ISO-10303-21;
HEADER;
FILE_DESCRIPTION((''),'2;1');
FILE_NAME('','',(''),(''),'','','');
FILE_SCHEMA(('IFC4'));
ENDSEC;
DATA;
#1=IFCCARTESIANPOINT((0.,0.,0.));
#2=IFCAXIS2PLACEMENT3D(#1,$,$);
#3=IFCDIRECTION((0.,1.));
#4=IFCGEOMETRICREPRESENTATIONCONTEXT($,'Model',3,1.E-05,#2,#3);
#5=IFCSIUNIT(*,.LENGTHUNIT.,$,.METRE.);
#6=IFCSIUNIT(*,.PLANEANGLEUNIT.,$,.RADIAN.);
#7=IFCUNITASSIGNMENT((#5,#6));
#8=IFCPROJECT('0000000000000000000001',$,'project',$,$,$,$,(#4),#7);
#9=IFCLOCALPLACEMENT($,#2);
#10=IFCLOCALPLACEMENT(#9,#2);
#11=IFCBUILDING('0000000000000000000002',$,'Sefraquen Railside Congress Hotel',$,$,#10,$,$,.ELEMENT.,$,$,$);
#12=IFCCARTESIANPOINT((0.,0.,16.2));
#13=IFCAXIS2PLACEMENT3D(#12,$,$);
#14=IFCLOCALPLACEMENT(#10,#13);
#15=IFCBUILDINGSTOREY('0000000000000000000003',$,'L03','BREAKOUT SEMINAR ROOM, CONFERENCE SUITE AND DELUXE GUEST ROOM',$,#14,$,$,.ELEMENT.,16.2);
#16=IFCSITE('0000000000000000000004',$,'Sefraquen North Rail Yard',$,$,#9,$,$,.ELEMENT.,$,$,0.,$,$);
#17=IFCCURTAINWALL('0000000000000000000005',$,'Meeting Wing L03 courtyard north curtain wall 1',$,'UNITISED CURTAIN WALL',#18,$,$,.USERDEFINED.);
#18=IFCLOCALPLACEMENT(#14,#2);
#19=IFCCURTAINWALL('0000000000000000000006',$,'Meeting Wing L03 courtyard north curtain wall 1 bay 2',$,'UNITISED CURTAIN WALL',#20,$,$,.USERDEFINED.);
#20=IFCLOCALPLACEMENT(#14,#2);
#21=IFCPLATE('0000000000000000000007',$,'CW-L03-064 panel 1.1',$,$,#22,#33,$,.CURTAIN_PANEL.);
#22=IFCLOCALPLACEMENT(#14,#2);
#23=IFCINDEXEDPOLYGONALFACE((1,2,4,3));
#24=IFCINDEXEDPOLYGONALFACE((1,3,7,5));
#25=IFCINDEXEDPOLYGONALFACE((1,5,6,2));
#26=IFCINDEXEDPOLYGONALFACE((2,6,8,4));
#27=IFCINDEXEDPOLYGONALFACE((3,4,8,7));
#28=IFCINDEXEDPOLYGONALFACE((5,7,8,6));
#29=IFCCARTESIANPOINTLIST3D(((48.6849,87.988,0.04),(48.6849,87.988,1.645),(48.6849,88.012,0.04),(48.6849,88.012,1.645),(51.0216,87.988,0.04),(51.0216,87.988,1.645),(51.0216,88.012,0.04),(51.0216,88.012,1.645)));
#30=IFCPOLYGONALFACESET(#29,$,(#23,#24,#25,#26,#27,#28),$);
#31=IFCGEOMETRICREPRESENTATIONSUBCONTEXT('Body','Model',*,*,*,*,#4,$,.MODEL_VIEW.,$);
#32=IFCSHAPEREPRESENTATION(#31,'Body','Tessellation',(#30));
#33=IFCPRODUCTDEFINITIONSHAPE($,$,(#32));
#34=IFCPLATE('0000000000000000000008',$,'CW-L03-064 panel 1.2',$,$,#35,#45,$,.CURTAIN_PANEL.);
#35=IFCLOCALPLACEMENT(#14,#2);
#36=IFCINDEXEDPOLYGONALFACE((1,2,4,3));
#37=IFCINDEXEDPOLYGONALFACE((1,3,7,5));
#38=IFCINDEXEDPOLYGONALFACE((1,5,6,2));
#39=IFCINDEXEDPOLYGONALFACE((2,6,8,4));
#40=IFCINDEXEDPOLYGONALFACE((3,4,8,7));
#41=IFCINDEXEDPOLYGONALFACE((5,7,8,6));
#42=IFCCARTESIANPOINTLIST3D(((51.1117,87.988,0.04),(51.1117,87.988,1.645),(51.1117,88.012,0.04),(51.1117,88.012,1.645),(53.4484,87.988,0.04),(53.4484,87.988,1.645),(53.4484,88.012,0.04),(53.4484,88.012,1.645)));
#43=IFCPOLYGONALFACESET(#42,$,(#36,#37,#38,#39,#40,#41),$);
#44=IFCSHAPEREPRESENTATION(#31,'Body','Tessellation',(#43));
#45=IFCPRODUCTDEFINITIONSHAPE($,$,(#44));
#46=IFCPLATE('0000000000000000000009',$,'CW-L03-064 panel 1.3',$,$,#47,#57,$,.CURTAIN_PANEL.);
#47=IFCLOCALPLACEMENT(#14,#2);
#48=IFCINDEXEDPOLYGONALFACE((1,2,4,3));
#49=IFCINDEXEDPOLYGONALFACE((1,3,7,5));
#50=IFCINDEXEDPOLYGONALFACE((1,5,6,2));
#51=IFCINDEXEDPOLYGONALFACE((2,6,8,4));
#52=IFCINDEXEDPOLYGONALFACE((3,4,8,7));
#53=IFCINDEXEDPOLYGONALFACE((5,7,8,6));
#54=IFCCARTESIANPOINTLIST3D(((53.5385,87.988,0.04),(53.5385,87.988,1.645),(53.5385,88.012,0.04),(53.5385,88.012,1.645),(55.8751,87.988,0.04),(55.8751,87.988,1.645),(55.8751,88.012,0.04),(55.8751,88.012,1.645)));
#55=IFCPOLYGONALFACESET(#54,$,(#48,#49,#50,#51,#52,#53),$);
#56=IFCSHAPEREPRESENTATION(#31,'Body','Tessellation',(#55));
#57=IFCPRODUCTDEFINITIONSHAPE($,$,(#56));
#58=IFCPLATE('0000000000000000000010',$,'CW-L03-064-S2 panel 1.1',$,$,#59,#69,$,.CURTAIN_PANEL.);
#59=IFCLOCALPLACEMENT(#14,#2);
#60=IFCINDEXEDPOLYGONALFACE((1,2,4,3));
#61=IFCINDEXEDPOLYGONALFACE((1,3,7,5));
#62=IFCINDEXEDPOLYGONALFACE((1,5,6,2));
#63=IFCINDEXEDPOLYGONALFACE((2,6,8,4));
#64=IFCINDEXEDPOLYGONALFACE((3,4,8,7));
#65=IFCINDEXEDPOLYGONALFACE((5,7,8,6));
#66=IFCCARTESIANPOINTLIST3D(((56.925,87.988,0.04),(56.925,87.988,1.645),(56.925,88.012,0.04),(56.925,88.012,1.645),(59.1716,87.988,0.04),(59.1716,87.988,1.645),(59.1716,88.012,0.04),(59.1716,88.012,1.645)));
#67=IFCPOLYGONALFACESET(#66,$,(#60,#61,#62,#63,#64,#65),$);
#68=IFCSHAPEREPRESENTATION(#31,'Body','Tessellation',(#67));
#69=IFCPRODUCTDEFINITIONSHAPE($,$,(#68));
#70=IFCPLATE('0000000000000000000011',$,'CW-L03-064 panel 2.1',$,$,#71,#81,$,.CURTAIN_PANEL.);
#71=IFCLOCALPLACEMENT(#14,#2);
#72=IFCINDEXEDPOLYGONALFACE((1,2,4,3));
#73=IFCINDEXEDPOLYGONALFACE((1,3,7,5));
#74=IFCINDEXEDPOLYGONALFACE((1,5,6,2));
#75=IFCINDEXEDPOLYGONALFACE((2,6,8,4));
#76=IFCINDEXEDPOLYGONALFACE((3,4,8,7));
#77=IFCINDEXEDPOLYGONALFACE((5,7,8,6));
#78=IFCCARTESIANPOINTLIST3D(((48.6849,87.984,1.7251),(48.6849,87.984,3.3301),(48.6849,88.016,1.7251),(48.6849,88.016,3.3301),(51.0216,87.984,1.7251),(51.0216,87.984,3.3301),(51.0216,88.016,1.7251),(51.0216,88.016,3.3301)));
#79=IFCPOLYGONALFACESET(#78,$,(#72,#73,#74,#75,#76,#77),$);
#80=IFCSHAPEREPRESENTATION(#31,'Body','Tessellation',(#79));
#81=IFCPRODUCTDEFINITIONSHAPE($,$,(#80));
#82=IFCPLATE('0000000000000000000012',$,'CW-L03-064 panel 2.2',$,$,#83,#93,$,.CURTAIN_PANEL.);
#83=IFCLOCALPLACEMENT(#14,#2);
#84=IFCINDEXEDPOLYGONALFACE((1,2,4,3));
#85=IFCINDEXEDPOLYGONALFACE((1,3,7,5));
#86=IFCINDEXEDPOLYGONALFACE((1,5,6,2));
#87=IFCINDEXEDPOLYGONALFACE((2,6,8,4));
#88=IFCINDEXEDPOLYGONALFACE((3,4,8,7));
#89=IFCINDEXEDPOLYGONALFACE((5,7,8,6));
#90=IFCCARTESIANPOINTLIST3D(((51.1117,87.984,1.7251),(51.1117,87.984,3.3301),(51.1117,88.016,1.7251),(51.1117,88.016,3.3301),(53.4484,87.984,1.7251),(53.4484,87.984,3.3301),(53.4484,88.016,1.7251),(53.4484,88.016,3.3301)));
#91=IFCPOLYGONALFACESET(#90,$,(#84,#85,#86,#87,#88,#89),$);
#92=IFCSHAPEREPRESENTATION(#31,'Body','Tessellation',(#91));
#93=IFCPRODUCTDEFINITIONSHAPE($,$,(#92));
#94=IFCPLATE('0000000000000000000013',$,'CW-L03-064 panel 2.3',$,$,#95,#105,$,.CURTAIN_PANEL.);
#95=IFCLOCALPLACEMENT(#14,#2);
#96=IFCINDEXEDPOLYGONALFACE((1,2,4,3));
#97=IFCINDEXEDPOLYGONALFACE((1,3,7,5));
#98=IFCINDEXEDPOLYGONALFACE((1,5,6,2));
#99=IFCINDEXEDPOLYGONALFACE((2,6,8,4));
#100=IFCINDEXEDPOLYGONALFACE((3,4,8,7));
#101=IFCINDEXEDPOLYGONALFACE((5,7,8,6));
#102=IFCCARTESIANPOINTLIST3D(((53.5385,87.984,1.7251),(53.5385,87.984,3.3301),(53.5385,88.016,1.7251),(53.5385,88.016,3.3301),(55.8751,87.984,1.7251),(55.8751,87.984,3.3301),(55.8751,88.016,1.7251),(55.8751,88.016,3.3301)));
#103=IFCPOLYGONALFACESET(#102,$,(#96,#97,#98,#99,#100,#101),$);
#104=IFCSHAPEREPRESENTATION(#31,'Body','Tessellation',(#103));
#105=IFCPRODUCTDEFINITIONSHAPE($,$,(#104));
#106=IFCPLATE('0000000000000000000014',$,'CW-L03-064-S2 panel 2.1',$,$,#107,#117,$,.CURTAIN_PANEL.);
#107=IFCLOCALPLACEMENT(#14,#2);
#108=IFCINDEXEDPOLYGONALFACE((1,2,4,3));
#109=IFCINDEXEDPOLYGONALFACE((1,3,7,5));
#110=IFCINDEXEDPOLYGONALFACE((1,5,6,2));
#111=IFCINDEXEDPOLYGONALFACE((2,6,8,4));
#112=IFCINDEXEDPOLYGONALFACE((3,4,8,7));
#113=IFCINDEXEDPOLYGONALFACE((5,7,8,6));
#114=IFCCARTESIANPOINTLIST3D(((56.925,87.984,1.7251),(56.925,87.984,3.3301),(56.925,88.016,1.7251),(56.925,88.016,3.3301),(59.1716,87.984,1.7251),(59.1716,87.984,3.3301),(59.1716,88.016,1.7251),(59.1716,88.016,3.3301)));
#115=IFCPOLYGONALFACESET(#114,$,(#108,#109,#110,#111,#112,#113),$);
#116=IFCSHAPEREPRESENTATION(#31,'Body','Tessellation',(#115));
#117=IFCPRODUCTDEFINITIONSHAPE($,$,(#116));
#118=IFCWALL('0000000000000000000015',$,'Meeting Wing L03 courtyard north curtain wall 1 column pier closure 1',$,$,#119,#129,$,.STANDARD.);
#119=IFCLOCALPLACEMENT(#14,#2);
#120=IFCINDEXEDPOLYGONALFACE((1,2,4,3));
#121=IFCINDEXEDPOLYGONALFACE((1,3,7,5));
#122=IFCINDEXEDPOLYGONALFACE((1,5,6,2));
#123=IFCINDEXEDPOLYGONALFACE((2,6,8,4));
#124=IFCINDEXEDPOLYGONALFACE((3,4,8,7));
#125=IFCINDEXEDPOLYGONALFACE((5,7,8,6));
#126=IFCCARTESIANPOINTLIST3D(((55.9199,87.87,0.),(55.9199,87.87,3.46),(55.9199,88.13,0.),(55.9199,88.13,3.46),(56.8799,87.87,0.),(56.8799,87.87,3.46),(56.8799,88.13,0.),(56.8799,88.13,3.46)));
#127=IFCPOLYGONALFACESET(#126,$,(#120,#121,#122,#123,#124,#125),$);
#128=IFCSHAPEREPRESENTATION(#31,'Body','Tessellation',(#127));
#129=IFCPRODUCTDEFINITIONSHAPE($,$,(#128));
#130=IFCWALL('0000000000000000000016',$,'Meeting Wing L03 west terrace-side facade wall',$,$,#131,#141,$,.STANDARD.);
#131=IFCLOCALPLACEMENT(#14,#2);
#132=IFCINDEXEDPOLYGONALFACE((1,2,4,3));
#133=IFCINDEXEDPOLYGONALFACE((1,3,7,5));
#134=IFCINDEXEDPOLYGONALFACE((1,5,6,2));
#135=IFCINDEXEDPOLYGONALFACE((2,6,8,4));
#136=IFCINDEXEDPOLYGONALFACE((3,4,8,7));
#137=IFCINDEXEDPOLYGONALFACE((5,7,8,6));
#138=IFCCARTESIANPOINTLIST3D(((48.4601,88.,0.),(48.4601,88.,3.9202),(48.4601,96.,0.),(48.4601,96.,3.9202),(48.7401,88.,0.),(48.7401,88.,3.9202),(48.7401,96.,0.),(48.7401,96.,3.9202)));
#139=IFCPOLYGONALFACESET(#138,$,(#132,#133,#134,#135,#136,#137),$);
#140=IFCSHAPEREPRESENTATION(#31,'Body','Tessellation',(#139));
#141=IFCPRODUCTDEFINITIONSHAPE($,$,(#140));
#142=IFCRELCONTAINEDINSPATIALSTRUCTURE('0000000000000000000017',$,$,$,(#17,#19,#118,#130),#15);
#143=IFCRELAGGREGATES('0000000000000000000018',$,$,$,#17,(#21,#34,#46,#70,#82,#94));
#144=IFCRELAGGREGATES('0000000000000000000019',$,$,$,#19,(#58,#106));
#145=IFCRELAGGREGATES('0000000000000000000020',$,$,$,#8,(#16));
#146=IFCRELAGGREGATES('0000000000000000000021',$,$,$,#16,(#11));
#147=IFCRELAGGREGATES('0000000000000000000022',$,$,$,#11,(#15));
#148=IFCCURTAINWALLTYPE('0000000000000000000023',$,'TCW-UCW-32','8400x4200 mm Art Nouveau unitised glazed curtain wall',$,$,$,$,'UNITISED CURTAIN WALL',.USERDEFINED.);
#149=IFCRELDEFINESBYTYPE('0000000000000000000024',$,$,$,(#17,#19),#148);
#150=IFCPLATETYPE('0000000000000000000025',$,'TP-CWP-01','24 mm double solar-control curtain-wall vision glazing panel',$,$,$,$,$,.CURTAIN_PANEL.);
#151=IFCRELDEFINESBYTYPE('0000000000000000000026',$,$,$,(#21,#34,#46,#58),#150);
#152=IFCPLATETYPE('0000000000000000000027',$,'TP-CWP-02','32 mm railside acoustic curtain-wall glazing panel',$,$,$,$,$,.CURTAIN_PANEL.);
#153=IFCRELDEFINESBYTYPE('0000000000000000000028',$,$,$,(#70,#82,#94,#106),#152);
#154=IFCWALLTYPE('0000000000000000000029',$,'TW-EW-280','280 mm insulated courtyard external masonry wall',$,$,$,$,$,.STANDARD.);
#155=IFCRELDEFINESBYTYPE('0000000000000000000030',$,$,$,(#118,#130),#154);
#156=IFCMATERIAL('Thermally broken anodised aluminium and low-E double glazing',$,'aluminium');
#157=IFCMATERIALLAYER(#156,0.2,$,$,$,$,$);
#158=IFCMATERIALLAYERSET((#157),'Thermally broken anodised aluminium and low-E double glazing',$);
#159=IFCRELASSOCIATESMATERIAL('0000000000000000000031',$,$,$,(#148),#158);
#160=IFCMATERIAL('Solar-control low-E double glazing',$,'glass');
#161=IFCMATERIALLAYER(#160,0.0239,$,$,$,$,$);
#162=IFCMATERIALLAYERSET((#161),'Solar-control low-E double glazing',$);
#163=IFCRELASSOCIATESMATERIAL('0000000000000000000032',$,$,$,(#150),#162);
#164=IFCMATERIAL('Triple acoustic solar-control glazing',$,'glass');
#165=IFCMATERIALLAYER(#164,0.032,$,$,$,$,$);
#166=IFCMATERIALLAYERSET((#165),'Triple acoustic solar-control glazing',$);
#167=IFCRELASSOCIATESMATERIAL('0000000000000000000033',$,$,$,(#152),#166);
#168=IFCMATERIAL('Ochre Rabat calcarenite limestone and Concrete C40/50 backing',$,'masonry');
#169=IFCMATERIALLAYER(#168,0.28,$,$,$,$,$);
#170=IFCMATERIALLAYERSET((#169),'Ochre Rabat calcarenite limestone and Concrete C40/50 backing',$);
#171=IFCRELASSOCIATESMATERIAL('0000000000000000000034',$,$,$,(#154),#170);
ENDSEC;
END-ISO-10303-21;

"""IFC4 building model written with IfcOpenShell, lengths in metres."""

from ifc_helpers import new_model, si_unit, direction, frame, frame_2d, origin, origin_2d, place, context, subcontext, project, spatial, rectangle, extrude, material, layer, layer_set, type_object, element, aggregate, save


model = new_model("IFC4")

# Units and contexts
model_context = context("Model", 3, precision=1e-05, world=origin(), true_north=direction((0.0, 1.0)))
body_context = subcontext(model_context, "Body", "Model", "MODEL_VIEW")
ifc_project = project(units=[si_unit("LENGTHUNIT", "METRE"), si_unit("PLANEANGLEUNIT", "RADIAN")], contexts=[model_context])

# Site, building, storey
site_placement = place(None, origin())
site = spatial("IfcSite", under=ifc_project, at=site_placement, Name="Sefraquen North Rail Yard", CompositionType="ELEMENT", RefElevation=0.0)
building_placement = place(site_placement, origin())
building = spatial("IfcBuilding", under=site, at=building_placement, Name="Sefraquen Railside Congress Hotel", CompositionType="ELEMENT")
storey_placement = place(building_placement, frame((0.0, 0.0, 16.2)))
storey = spatial("IfcBuildingStorey", under=building, at=storey_placement, Name="L03", Description="BREAKOUT SEMINAR ROOM, CONFERENCE SUITE AND DELUXE GUEST ROOM", CompositionType="ELEMENT", Elevation=16.2)

# Curtain wall
ifc_material_1 = material(Name="Thermally broken anodised aluminium and low-E double glazing", Category="aluminium")
ifc_layer_1 = layer(ifc_material_1, 0.2)
ifc_layer_set_1 = layer_set([ifc_layer_1], Name="Thermally broken anodised aluminium and low-E double glazing")
curtain_wall_type = type_object("IfcCurtainWallType", Name="TCW-UCW-32", Description="8400x4200 mm Art Nouveau unitised glazed curtain wall", ElementType="UNITISED CURTAIN WALL", PredefinedType="USERDEFINED", material=ifc_layer_set_1)
curtain_wall_1_placement = place(storey_placement, origin())
curtain_wall_1 = element("IfcCurtainWall", 1, at=curtain_wall_1_placement, inside=storey, type_object=curtain_wall_type, Name="Meeting Wing L03 courtyard north curtain wall 1", ObjectType="UNITISED CURTAIN WALL", PredefinedType="USERDEFINED")

# Curtain wall
curtain_wall_2_placement = place(storey_placement, origin())
curtain_wall_2 = element("IfcCurtainWall", 2, at=curtain_wall_2_placement, inside=storey, type_object=curtain_wall_type, Name="Meeting Wing L03 courtyard north curtain wall 1 bay 2", ObjectType="UNITISED CURTAIN WALL", PredefinedType="USERDEFINED")

# Plates
ifc_material_2 = material(Name="Solar-control low-E double glazing", Category="glass")
ifc_layer_2 = layer(ifc_material_2, 0.0239)
ifc_layer_set_2 = layer_set([ifc_layer_2], Name="Solar-control low-E double glazing")
plate_type_1 = type_object("IfcPlateType", Name="TP-CWP-01", Description="24 mm double solar-control curtain-wall vision glazing panel", PredefinedType="CURTAIN_PANEL", material=ifc_layer_set_2)
plate_1_placement = place(storey_placement, frame((49.8533, 88.0, 0.04), z_axis=(0.0, 0.0, 1.0), x_axis=(1.0, 0.0, 0.0)))
plate_1 = element("IfcPlate", 3, at=plate_1_placement, type_object=plate_type_1, Name="CW-L03-064 panel 1.1", PredefinedType="CURTAIN_PANEL", context=body_context, shape_type="SweptSolid", body=[
    extrude(rectangle(XDim=2.3367, YDim=0.0239, at=origin_2d()), origin(), (0.0, 0.0, 1.0), 1.605),
])
plate_2_placement = place(storey_placement, frame((52.28, 88.0, 0.04), z_axis=(0.0, 0.0, 1.0), x_axis=(1.0, 0.0, 0.0)))
plate_2 = element("IfcPlate", 4, at=plate_2_placement, type_object=plate_type_1, Name="CW-L03-064 panel 1.2", PredefinedType="CURTAIN_PANEL", context=body_context, shape_type="SweptSolid", body=[
    extrude(rectangle(XDim=2.3367, YDim=0.0239, at=origin_2d()), origin(), (0.0, 0.0, 1.0), 1.605),
])
plate_3_placement = place(storey_placement, frame((54.7068, 88.0, 0.04), z_axis=(0.0, 0.0, 1.0), x_axis=(1.0, 0.0, 0.0)))
plate_3 = element("IfcPlate", 5, at=plate_3_placement, type_object=plate_type_1, Name="CW-L03-064 panel 1.3", PredefinedType="CURTAIN_PANEL", context=body_context, shape_type="SweptSolid", body=[
    extrude(rectangle(XDim=2.3367, YDim=0.0239, at=origin_2d()), origin(), (0.0, 0.0, 1.0), 1.605),
])
plate_4_placement = place(storey_placement, frame((58.0483, 88.0, 0.04), z_axis=(0.0, 0.0, 1.0), x_axis=(1.0, 0.0, 0.0)))
plate_4 = element("IfcPlate", 6, at=plate_4_placement, type_object=plate_type_1, Name="CW-L03-064-S2 panel 1.1", PredefinedType="CURTAIN_PANEL", context=body_context, shape_type="SweptSolid", body=[
    extrude(rectangle(XDim=2.2466, YDim=0.0239, at=origin_2d()), origin(), (0.0, 0.0, 1.0), 1.605),
])
ifc_material_3 = material(Name="Triple acoustic solar-control glazing", Category="glass")
ifc_layer_3 = layer(ifc_material_3, 0.032)
ifc_layer_set_3 = layer_set([ifc_layer_3], Name="Triple acoustic solar-control glazing")
plate_type_2 = type_object("IfcPlateType", Name="TP-CWP-02", Description="32 mm railside acoustic curtain-wall glazing panel", PredefinedType="CURTAIN_PANEL", material=ifc_layer_set_3)
plate_5_placement = place(storey_placement, frame((49.8533, 88.0, 1.7251), z_axis=(0.0, 0.0, 1.0), x_axis=(1.0, 0.0, 0.0)))
plate_5 = element("IfcPlate", 7, at=plate_5_placement, type_object=plate_type_2, Name="CW-L03-064 panel 2.1", PredefinedType="CURTAIN_PANEL", context=body_context, shape_type="SweptSolid", body=[
    extrude(rectangle(XDim=2.3367, YDim=0.032, at=origin_2d()), origin(), (0.0, 0.0, 1.0), 1.605),
])
plate_6_placement = place(storey_placement, frame((52.28, 88.0, 1.7251), z_axis=(0.0, 0.0, 1.0), x_axis=(1.0, 0.0, 0.0)))
plate_6 = element("IfcPlate", 8, at=plate_6_placement, type_object=plate_type_2, Name="CW-L03-064 panel 2.2", PredefinedType="CURTAIN_PANEL", context=body_context, shape_type="SweptSolid", body=[
    extrude(rectangle(XDim=2.3367, YDim=0.032, at=origin_2d()), origin(), (0.0, 0.0, 1.0), 1.605),
])
plate_7_placement = place(storey_placement, frame((54.7068, 88.0, 1.7251), z_axis=(0.0, 0.0, 1.0), x_axis=(1.0, 0.0, 0.0)))
plate_7 = element("IfcPlate", 9, at=plate_7_placement, type_object=plate_type_2, Name="CW-L03-064 panel 2.3", PredefinedType="CURTAIN_PANEL", context=body_context, shape_type="SweptSolid", body=[
    extrude(rectangle(XDim=2.3367, YDim=0.032, at=origin_2d()), origin(), (0.0, 0.0, 1.0), 1.605),
])
aggregate(curtain_wall_1, [plate_1, plate_2, plate_3, plate_5, plate_6, plate_7])
plate_8_placement = place(storey_placement, frame((58.0483, 88.0, 1.7251), z_axis=(0.0, 0.0, 1.0), x_axis=(1.0, 0.0, 0.0)))
plate_8 = element("IfcPlate", 10, at=plate_8_placement, type_object=plate_type_2, Name="CW-L03-064-S2 panel 2.1", PredefinedType="CURTAIN_PANEL", context=body_context, shape_type="SweptSolid", body=[
    extrude(rectangle(XDim=2.2466, YDim=0.032, at=origin_2d()), origin(), (0.0, 0.0, 1.0), 1.605),
])
aggregate(curtain_wall_2, [plate_4, plate_8])

# Walls
ifc_material_4 = material(Name="Ochre Rabat calcarenite limestone and Concrete C40/50 backing", Category="masonry")
ifc_layer_4 = layer(ifc_material_4, 0.28)
ifc_layer_set_4 = layer_set([ifc_layer_4], Name="Ochre Rabat calcarenite limestone and Concrete C40/50 backing")
wall_type = type_object("IfcWallType", Name="TW-EW-280", Description="280 mm insulated courtyard external masonry wall", PredefinedType="STANDARD", material=ifc_layer_set_4)
wall_1_placement = place(storey_placement, frame((55.9199, 88.0, 0.0), z_axis=(0.0, 0.0, 1.0), x_axis=(1.0, 0.0, 0.0)))
element("IfcWall", 11, at=wall_1_placement, inside=storey, type_object=wall_type, Name="Meeting Wing L03 courtyard north curtain wall 1 column pier closure 1", PredefinedType="STANDARD", context=body_context, shape_type="SweptSolid", body=[
    extrude(rectangle(XDim=0.96, YDim=0.26, at=frame_2d((0.48, 0.0))), origin(), (0.0, 0.0, 1.0), 3.46),
])
wall_2_placement = place(storey_placement, frame((48.6001, 88.0, 0.0), z_axis=(0.0, 0.0, 1.0), x_axis=(0.0, 1.0, 0.0)))
element("IfcWall", 12, at=wall_2_placement, inside=storey, type_object=wall_type, Name="Meeting Wing L03 west terrace-side facade wall", PredefinedType="STANDARD", context=body_context, shape_type="SweptSolid", body=[
    extrude(rectangle(XDim=8.0, YDim=0.28, at=frame_2d((4.0, 0.0))), origin(), (0.0, 0.0, 1.0), 3.9202),
])

save(model, "model.ifc")
